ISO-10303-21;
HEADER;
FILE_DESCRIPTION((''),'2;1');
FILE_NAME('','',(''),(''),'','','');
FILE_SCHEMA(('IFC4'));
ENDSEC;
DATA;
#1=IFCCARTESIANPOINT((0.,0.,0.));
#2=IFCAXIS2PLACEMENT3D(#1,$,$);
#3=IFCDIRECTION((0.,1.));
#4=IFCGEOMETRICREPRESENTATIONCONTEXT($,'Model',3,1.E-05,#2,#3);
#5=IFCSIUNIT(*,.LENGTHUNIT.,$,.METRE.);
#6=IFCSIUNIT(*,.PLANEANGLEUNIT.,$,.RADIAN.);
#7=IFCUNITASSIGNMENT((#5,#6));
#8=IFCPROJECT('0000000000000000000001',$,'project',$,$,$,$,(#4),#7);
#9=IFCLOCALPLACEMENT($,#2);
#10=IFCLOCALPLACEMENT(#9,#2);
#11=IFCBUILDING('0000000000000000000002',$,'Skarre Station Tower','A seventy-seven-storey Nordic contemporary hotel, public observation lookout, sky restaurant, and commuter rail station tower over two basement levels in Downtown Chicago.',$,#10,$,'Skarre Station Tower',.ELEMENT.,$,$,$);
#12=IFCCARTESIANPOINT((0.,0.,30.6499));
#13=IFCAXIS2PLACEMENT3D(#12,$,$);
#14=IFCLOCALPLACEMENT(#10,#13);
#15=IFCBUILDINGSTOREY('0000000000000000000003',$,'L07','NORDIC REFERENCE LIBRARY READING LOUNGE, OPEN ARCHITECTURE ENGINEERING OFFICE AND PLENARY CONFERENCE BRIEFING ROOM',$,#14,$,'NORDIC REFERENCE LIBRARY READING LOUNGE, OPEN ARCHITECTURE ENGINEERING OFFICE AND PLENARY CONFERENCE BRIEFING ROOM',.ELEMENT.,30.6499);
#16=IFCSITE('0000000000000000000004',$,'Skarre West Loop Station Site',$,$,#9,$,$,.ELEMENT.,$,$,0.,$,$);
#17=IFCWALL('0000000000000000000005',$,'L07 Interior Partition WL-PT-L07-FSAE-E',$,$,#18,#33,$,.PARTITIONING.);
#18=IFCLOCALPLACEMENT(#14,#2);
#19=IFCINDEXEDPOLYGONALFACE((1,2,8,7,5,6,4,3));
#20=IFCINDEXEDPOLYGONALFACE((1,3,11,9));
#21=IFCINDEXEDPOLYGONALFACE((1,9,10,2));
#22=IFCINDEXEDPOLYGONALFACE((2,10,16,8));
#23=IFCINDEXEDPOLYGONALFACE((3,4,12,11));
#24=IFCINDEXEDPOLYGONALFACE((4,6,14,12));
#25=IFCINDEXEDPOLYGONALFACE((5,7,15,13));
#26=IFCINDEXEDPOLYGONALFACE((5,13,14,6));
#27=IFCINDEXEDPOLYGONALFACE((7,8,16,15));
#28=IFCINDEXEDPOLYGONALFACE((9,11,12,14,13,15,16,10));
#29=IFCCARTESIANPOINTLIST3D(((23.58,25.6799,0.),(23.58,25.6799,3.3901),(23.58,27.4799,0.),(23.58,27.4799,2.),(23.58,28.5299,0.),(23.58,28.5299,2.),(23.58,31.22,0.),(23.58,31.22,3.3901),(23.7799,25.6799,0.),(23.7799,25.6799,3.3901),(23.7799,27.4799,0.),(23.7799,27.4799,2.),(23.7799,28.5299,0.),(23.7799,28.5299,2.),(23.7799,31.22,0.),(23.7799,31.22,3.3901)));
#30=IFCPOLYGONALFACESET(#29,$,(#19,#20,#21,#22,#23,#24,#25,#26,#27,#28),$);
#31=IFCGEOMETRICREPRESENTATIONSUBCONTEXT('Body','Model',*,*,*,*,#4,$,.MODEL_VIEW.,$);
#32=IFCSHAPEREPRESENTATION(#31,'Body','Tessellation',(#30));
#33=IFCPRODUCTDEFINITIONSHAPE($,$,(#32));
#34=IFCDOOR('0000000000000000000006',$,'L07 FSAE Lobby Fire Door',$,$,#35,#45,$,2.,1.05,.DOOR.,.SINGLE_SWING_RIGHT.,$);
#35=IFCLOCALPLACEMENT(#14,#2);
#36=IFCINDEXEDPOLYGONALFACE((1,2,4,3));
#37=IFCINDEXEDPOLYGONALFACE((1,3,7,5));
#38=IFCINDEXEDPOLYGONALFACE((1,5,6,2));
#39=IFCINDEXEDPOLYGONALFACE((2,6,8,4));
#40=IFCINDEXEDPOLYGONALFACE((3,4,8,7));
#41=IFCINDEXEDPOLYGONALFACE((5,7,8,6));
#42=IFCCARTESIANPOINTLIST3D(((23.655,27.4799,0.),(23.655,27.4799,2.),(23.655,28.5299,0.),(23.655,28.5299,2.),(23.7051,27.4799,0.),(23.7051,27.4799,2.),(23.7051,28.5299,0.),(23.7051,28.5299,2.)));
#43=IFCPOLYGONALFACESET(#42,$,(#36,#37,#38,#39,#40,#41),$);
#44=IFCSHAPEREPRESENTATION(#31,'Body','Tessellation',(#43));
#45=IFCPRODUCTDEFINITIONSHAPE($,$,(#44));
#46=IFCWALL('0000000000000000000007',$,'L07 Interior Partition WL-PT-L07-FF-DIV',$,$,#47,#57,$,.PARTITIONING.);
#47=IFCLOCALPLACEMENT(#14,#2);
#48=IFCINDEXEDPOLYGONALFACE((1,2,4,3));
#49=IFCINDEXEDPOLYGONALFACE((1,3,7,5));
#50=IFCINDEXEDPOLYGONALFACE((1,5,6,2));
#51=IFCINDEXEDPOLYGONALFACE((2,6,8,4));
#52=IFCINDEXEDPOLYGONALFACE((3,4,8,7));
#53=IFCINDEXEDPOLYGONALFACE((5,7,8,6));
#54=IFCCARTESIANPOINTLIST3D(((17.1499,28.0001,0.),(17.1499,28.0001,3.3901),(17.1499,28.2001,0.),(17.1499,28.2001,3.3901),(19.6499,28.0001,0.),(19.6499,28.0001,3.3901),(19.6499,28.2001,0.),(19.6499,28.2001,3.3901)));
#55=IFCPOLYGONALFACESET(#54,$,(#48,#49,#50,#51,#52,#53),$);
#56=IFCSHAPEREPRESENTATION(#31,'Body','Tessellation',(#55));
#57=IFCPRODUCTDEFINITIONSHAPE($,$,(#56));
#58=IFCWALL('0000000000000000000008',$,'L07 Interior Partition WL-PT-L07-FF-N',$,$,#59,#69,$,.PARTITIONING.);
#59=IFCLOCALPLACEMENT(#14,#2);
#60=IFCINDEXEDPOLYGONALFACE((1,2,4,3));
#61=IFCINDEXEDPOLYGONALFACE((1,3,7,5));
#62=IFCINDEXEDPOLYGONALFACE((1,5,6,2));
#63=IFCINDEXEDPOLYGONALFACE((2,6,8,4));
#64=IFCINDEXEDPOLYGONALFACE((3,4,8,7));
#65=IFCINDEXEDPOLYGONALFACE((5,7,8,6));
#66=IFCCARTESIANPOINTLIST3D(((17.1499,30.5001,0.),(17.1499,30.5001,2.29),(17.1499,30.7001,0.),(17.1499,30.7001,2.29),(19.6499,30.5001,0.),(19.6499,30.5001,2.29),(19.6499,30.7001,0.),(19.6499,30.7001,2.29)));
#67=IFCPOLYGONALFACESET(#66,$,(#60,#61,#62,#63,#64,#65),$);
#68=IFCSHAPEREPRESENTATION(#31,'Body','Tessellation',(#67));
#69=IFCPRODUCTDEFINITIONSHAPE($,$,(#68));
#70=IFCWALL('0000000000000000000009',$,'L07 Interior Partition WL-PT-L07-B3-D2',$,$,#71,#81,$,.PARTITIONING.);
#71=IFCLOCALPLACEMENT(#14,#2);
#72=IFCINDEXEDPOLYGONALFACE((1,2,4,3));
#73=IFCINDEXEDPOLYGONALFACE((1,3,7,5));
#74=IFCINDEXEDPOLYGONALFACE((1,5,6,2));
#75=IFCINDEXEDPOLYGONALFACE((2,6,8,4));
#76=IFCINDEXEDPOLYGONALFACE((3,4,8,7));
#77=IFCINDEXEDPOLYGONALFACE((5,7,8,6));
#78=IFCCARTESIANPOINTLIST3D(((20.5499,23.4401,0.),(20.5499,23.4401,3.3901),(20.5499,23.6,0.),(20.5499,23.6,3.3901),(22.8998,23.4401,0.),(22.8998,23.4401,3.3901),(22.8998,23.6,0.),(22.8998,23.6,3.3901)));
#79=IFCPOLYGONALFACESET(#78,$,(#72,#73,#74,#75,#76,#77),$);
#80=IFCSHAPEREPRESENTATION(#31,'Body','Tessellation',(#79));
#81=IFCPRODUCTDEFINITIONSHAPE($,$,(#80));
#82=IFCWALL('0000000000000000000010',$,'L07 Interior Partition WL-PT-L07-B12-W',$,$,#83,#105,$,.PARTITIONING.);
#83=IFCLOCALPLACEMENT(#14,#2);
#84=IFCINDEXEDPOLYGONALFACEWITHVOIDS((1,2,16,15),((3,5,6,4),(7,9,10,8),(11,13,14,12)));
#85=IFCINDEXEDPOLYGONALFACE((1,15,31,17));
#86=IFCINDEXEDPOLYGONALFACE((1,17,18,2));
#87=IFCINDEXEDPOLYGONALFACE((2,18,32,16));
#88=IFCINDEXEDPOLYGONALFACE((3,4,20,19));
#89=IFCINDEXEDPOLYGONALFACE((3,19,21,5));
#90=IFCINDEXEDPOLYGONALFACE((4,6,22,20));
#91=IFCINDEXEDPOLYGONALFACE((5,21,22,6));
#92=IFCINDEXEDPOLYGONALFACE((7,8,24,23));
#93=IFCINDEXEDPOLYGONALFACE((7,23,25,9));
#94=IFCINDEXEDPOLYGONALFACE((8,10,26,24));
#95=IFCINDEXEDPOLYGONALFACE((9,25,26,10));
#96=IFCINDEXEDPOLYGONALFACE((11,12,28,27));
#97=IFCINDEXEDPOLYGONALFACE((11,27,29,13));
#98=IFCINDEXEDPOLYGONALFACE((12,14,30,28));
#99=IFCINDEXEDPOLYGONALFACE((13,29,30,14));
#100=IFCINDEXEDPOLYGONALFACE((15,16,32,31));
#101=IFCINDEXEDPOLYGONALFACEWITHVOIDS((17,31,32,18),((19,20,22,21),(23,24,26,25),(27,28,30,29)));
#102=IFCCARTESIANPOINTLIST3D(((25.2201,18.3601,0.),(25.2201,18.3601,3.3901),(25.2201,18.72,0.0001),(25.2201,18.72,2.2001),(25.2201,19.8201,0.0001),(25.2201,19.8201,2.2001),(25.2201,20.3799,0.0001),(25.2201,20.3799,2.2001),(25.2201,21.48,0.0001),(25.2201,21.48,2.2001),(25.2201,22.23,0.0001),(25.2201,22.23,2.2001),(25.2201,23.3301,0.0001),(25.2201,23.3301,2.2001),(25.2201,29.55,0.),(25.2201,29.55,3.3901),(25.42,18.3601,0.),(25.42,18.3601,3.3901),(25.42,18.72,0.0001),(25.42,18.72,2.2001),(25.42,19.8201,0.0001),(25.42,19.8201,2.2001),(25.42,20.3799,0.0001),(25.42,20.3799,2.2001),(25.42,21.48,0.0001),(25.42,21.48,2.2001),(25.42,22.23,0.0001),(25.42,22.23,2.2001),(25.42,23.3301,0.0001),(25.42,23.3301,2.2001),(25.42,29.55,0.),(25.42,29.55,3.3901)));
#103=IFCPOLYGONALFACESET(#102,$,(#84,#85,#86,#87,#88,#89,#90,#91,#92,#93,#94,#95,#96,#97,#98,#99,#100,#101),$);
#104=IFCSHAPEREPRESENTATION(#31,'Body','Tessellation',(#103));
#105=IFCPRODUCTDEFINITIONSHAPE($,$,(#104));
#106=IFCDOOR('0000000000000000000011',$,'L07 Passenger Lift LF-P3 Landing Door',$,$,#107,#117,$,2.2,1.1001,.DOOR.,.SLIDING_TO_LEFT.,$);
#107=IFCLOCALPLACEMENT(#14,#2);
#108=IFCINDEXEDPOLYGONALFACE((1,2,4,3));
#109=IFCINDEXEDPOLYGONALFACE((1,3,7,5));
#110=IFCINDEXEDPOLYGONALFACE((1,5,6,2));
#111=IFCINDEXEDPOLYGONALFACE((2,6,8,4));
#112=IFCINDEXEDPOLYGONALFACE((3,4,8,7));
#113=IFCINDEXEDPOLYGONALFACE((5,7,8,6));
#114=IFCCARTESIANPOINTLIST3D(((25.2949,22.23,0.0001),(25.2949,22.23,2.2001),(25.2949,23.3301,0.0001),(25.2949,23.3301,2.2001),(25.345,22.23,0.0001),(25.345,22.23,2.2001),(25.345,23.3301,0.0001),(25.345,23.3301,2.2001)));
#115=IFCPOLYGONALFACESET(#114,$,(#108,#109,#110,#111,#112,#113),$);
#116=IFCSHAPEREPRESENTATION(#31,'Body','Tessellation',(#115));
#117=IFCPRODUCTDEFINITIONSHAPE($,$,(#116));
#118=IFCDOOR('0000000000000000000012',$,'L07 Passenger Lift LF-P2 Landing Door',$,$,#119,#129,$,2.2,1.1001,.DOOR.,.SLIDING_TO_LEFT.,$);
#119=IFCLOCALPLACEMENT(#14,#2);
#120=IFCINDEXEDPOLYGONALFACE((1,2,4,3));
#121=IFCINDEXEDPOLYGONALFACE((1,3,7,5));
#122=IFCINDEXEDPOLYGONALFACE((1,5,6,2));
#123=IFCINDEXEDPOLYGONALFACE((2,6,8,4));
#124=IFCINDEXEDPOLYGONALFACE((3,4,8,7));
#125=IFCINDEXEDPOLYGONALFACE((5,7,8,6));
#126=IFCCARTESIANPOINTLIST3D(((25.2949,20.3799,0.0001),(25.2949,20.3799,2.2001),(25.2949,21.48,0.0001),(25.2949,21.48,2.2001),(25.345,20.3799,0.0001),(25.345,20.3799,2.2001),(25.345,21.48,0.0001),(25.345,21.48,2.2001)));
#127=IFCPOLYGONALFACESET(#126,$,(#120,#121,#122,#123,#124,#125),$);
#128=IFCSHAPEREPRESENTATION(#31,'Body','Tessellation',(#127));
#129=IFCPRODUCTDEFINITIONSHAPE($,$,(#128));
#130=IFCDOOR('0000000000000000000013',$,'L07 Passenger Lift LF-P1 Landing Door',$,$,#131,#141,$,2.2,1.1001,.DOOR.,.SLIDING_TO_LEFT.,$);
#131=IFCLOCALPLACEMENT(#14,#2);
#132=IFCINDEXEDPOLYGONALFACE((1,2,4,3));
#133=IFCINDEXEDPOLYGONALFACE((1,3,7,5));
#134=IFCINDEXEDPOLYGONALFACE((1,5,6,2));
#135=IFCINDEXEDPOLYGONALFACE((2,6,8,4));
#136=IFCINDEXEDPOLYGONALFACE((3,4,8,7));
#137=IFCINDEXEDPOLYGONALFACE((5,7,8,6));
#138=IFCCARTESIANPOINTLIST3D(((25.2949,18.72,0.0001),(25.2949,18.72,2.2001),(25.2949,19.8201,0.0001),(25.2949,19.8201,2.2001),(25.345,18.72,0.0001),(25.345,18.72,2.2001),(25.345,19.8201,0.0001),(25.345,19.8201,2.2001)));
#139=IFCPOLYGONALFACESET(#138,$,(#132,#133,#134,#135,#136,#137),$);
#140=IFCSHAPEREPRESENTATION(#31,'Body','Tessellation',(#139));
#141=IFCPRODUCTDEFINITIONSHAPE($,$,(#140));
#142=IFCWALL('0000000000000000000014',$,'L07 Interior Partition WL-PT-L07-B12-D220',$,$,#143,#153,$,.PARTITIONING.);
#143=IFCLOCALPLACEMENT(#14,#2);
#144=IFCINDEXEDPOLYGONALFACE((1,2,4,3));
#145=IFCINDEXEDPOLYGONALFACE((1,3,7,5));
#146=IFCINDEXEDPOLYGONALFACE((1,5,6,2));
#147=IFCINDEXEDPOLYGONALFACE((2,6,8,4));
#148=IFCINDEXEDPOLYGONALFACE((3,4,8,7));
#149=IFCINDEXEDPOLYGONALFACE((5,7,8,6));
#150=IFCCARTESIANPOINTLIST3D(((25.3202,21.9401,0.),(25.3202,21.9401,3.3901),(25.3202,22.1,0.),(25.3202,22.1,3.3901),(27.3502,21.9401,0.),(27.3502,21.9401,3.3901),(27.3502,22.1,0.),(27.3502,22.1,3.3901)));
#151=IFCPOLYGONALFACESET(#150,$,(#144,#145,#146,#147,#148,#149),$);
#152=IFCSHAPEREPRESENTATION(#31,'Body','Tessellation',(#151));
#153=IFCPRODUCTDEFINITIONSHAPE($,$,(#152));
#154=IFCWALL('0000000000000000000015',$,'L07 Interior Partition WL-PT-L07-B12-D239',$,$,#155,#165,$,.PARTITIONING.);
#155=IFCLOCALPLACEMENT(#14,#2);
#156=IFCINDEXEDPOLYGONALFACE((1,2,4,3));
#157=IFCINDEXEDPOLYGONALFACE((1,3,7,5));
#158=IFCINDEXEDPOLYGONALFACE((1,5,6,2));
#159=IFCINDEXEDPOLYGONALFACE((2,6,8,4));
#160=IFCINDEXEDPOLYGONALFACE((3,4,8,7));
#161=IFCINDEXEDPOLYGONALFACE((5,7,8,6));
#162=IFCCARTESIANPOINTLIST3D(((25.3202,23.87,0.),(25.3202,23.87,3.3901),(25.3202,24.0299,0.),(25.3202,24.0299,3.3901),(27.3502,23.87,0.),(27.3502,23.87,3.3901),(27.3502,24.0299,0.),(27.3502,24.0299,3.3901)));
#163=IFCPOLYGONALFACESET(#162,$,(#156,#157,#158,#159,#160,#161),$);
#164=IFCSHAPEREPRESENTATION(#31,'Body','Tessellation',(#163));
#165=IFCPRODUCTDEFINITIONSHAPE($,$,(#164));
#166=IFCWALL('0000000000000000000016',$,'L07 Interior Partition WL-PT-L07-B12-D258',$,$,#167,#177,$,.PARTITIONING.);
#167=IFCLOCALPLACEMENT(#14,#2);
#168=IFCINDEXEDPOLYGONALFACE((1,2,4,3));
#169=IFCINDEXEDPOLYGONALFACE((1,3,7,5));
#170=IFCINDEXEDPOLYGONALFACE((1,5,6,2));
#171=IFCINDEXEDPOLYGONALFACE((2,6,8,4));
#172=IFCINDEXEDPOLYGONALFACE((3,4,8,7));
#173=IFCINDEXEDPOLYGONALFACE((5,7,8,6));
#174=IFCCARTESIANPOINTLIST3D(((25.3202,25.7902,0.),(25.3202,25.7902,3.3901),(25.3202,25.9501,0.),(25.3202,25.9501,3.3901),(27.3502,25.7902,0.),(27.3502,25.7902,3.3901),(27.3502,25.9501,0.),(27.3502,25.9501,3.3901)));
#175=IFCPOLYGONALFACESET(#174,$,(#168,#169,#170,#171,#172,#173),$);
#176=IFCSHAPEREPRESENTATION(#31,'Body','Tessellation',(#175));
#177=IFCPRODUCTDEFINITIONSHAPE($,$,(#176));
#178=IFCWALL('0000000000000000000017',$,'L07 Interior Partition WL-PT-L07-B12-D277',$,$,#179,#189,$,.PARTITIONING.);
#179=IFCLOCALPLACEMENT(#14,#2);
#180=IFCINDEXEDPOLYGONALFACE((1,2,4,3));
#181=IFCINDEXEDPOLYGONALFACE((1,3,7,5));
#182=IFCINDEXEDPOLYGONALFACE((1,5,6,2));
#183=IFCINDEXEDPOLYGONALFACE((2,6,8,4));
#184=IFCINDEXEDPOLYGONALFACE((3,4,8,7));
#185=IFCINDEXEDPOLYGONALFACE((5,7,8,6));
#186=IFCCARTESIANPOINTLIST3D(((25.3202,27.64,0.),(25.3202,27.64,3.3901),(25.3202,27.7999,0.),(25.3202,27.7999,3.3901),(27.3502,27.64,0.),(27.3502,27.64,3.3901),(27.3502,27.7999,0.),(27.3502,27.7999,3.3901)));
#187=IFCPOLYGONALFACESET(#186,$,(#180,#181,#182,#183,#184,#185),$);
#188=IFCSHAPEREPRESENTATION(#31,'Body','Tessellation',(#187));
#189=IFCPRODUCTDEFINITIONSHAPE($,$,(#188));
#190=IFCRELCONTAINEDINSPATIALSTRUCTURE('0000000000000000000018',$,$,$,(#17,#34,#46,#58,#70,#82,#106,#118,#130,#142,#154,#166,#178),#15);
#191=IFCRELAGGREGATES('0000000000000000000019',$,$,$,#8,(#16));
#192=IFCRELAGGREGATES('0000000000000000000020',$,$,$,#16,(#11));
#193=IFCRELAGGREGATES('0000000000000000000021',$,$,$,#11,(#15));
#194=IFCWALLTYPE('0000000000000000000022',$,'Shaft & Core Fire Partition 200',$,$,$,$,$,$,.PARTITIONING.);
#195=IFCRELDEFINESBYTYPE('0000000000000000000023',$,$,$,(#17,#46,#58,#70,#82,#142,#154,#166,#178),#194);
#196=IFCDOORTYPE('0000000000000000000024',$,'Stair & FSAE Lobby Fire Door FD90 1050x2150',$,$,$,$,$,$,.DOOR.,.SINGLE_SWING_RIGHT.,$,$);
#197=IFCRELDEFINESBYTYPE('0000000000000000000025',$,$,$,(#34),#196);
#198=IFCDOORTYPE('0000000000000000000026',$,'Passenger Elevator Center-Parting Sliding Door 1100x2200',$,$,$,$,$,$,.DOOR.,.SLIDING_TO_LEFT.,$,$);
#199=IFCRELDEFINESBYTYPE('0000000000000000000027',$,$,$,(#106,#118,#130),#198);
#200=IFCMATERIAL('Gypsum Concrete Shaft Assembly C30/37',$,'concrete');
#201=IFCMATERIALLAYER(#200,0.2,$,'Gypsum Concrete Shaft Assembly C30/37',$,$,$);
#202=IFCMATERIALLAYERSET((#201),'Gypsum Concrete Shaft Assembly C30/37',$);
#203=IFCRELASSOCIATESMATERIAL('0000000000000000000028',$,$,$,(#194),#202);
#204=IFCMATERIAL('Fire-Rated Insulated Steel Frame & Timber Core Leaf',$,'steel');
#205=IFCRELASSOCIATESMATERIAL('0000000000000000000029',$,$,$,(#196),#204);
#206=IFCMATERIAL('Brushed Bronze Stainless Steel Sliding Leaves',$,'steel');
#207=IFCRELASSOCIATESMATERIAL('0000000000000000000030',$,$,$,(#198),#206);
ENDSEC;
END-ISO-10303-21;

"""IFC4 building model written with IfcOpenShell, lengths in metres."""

from ifc_helpers import new_model, si_unit, direction, frame, frame_2d, origin, place, context, subcontext, project, spatial, rectangle, extrude, material, layer, layer_set, type_object, element, fill, save


model = new_model("IFC4")

# Units and contexts
model_context = context("Model", 3, precision=1e-05, world=origin(), true_north=direction((0.0, 1.0)))
body_context = subcontext(model_context, "Body", "Model", "MODEL_VIEW")
ifc_project = project(units=[si_unit("LENGTHUNIT", "METRE"), si_unit("PLANEANGLEUNIT", "RADIAN")], contexts=[model_context])

# Site, building, storey
site_placement = place(None, origin())
site = spatial("IfcSite", under=ifc_project, at=site_placement, Name="Skarre West Loop Station Site", CompositionType="ELEMENT", RefElevation=0.0)
building_placement = place(site_placement, origin())
building = spatial("IfcBuilding", under=site, at=building_placement, Name="Skarre Station Tower", Description="A seventy-seven-storey Nordic contemporary hotel, public observation lookout, sky restaurant, and commuter rail station tower over two basement levels in Downtown Chicago.", LongName="Skarre Station Tower", CompositionType="ELEMENT")
storey_placement = place(building_placement, frame((0.0, 0.0, 30.6499)))
storey = spatial("IfcBuildingStorey", under=building, at=storey_placement, Name="L07", Description="NORDIC REFERENCE LIBRARY READING LOUNGE, OPEN ARCHITECTURE ENGINEERING OFFICE AND PLENARY CONFERENCE BRIEFING ROOM", LongName="NORDIC REFERENCE LIBRARY READING LOUNGE, OPEN ARCHITECTURE ENGINEERING OFFICE AND PLENARY CONFERENCE BRIEFING ROOM", CompositionType="ELEMENT", Elevation=30.6499)

# Shared definitions
ifc_material_1 = material(Name="Gypsum Concrete Shaft Assembly C30/37", Category="concrete")
ifc_layer_1 = layer(ifc_material_1, 0.2, Name="Gypsum Concrete Shaft Assembly C30/37")
ifc_layer_set_1 = layer_set([ifc_layer_1], Name="Gypsum Concrete Shaft Assembly C30/37")
wall_type_1 = type_object("IfcWallType", Name="Shaft & Core Fire Partition 200", PredefinedType="PARTITIONING", material=ifc_layer_set_1)

# Wall, opening, door
wall_1_placement = place(storey_placement, frame((23.6799, 25.6799, 0.0), z_axis=(0.0, 0.0, 1.0), x_axis=(0.0, 1.0, 0.0)))
wall_1 = element("IfcWall", 1, at=wall_1_placement, inside=storey, type_object=wall_type_1, Name="L07 Interior Partition WL-PT-L07-FSAE-E", PredefinedType="PARTITIONING", context=body_context, shape_type="SweptSolid", body=[
    extrude(rectangle(XDim=5.54, YDim=0.2, at=frame_2d((2.77, 0.0))), origin(), (0.0, 0.0, 1.0), 3.3901),
])
opening_1_placement = place(wall_1_placement, frame((1.8, 0.0, 0.0)))
opening_1 = element("IfcOpeningElement", 2, at=opening_1_placement, cuts=wall_1, PredefinedType="OPENING", context=body_context, shape_type="SweptSolid", body=[
    extrude(rectangle(XDim=1.05, YDim=2.0, at=frame_2d((0.5249, 1.0))), frame((0.0, 0.1099, 0.0), z_axis=(0.0, -1.0, 0.0), x_axis=(1.0, 0.0, 0.0)), (0.0, 0.0, 1.0), 0.22),
])
ifc_material_2 = material(Name="Fire-Rated Insulated Steel Frame & Timber Core Leaf", Category="steel")
door_type_1 = type_object("IfcDoorType", Name="Stair & FSAE Lobby Fire Door FD90 1050x2150", OperationType="SINGLE_SWING_RIGHT", PredefinedType="DOOR", material=ifc_material_2)
door_1_placement = place(opening_1_placement, origin())
door_1 = element("IfcDoor", 3, at=door_1_placement, inside=storey, type_object=door_type_1, Name="L07 FSAE Lobby Fire Door", OperationType="SINGLE_SWING_RIGHT", OverallHeight=2.0, OverallWidth=1.05, PredefinedType="DOOR", context=body_context, shape_type="SweptSolid", body=[
    extrude(rectangle(XDim=1.05, YDim=2.0, at=frame_2d((0.5249, 1.0))), frame((0.0, 0.0249, 0.0), z_axis=(0.0, -1.0, 0.0), x_axis=(1.0, 0.0, 0.0)), (0.0, 0.0, 1.0), 0.05),
])
fill(opening_1, door_1)

# Walls
wall_2_placement = place(storey_placement, frame((17.1499, 28.1001, 0.0), z_axis=(0.0, 0.0, 1.0), x_axis=(1.0, 0.0, 0.0)))
element("IfcWall", 4, at=wall_2_placement, inside=storey, type_object=wall_type_1, Name="L07 Interior Partition WL-PT-L07-FF-DIV", PredefinedType="PARTITIONING", context=body_context, shape_type="SweptSolid", body=[
    extrude(rectangle(XDim=2.5, YDim=0.2, at=frame_2d((1.25, 0.0))), origin(), (0.0, 0.0, 1.0), 3.3901),
])
wall_3_placement = place(storey_placement, frame((19.6499, 30.6001, 0.0), z_axis=(0.0, 0.0, 1.0), x_axis=(-1.0, 0.0, 0.0)))
element("IfcWall", 5, at=wall_3_placement, inside=storey, type_object=wall_type_1, Name="L07 Interior Partition WL-PT-L07-FF-N", PredefinedType="PARTITIONING", context=body_context, shape_type="SweptSolid", body=[
    extrude(rectangle(XDim=2.5, YDim=0.2, at=frame_2d((1.25, 0.0))), origin(), (0.0, 0.0, 1.0), 2.29),
])
wall_4_placement = place(storey_placement, frame((20.55, 23.52, 0.0), z_axis=(0.0, 0.0, 1.0), x_axis=(1.0, 0.0, 0.0)))
element("IfcWall", 6, at=wall_4_placement, inside=storey, type_object=wall_type_1, Name="L07 Interior Partition WL-PT-L07-B3-D2", PredefinedType="PARTITIONING", context=body_context, shape_type="SweptSolid", body=[
    extrude(rectangle(XDim=2.3499, YDim=0.1599, at=frame_2d((1.1748, 0.0))), origin(), (0.0, 0.0, 1.0), 3.3901),
])

# Wall, openings, doors
wall_5_placement = place(storey_placement, frame((25.3201, 29.55, 0.0), z_axis=(0.0, 0.0, 1.0), x_axis=(0.0, -1.0, 0.0)))
wall_5 = element("IfcWall", 7, at=wall_5_placement, inside=storey, type_object=wall_type_1, Name="L07 Interior Partition WL-PT-L07-B12-W", PredefinedType="PARTITIONING", context=body_context, shape_type="SweptSolid", body=[
    extrude(rectangle(XDim=11.1899, YDim=0.2, at=frame_2d((5.595, 0.0))), origin(), (0.0, 0.0, 1.0), 3.3901),
])
opening_2_placement = place(wall_5_placement, frame((6.22, 0.0, 0.0)))
opening_2 = element("IfcOpeningElement", 8, at=opening_2_placement, cuts=wall_5, PredefinedType="OPENING", context=body_context, shape_type="SweptSolid", body=[
    extrude(rectangle(XDim=1.1001, YDim=2.2, at=frame_2d((0.55, 1.1001))), frame((0.0, 0.1099, 0.0), z_axis=(0.0, -1.0, 0.0), x_axis=(1.0, 0.0, 0.0)), (0.0, 0.0, 1.0), 0.22),
])
opening_3_placement = place(wall_5_placement, frame((8.0701, 0.0, 0.0)))
opening_3 = element("IfcOpeningElement", 9, at=opening_3_placement, cuts=wall_5, PredefinedType="OPENING", context=body_context, shape_type="SweptSolid", body=[
    extrude(rectangle(XDim=1.1001, YDim=2.2, at=frame_2d((0.55, 1.1001))), frame((0.0, 0.1099, 0.0), z_axis=(0.0, -1.0, 0.0), x_axis=(1.0, 0.0, 0.0)), (0.0, 0.0, 1.0), 0.22),
])
opening_4_placement = place(wall_5_placement, frame((9.73, 0.0, 0.0)))
opening_4 = element("IfcOpeningElement", 10, at=opening_4_placement, cuts=wall_5, PredefinedType="OPENING", context=body_context, shape_type="SweptSolid", body=[
    extrude(rectangle(XDim=1.1001, YDim=2.2, at=frame_2d((0.55, 1.1001))), frame((0.0, 0.1099, 0.0), z_axis=(0.0, -1.0, 0.0), x_axis=(1.0, 0.0, 0.0)), (0.0, 0.0, 1.0), 0.22),
])
ifc_material_3 = material(Name="Brushed Bronze Stainless Steel Sliding Leaves", Category="steel")
door_type_2 = type_object("IfcDoorType", Name="Passenger Elevator Center-Parting Sliding Door 1100x2200", OperationType="SLIDING_TO_LEFT", PredefinedType="DOOR", material=ifc_material_3)
door_2_placement = place(opening_2_placement, origin())
door_2 = element("IfcDoor", 11, at=door_2_placement, inside=storey, type_object=door_type_2, Name="L07 Passenger Lift LF-P3 Landing Door", OperationType="SLIDING_TO_LEFT", OverallHeight=2.2, OverallWidth=1.1001, PredefinedType="DOOR", context=body_context, shape_type="SweptSolid", body=[
    extrude(rectangle(XDim=1.1001, YDim=2.2, at=frame_2d((0.55, 1.1001))), frame((0.0, 0.0249, 0.0), z_axis=(0.0, -1.0, 0.0), x_axis=(1.0, 0.0, 0.0)), (0.0, 0.0, 1.0), 0.05),
])
fill(opening_2, door_2)
door_3_placement = place(opening_3_placement, origin())
door_3 = element("IfcDoor", 12, at=door_3_placement, inside=storey, type_object=door_type_2, Name="L07 Passenger Lift LF-P2 Landing Door", OperationType="SLIDING_TO_LEFT", OverallHeight=2.2, OverallWidth=1.1001, PredefinedType="DOOR", context=body_context, shape_type="SweptSolid", body=[
    extrude(rectangle(XDim=1.1001, YDim=2.2, at=frame_2d((0.55, 1.1001))), frame((0.0, 0.0249, 0.0), z_axis=(0.0, -1.0, 0.0), x_axis=(1.0, 0.0, 0.0)), (0.0, 0.0, 1.0), 0.05),
])
fill(opening_3, door_3)
door_4_placement = place(opening_4_placement, origin())
door_4 = element("IfcDoor", 13, at=door_4_placement, inside=storey, type_object=door_type_2, Name="L07 Passenger Lift LF-P1 Landing Door", OperationType="SLIDING_TO_LEFT", OverallHeight=2.2, OverallWidth=1.1001, PredefinedType="DOOR", context=body_context, shape_type="SweptSolid", body=[
    extrude(rectangle(XDim=1.1001, YDim=2.2, at=frame_2d((0.55, 1.1001))), frame((0.0, 0.0249, 0.0), z_axis=(0.0, -1.0, 0.0), x_axis=(1.0, 0.0, 0.0)), (0.0, 0.0, 1.0), 0.05),
])
fill(opening_4, door_4)

# Walls
for number, where, z_axis, x_axis, name in (
    (14, (25.3201, 22.02, 0.0), (0.0, 0.0, 1.0), (1.0, 0.0, 0.0), "L07 Interior Partition WL-PT-L07-B12-D220"),
    (15, (25.3201, 23.95, 0.0), (0.0, 0.0, 1.0), (1.0, 0.0, 0.0), "L07 Interior Partition WL-PT-L07-B12-D239"),
    (16, (25.3201, 25.8701, 0.0), (0.0, 0.0, 1.0), (1.0, 0.0, 0.0), "L07 Interior Partition WL-PT-L07-B12-D258"),
    (17, (25.3201, 27.72, 0.0), (0.0, 0.0, 1.0), (1.0, 0.0, 0.0), "L07 Interior Partition WL-PT-L07-B12-D277"),
):
    element("IfcWall", number, at=place(storey_placement, frame(where, z_axis=z_axis, x_axis=x_axis)), inside=storey, type_object=wall_type_1, Name=name, PredefinedType="PARTITIONING", context=body_context, shape_type="SweptSolid", body=[
        extrude(rectangle(XDim=2.03, YDim=0.1599, at=frame_2d((1.0151, 0.0))), origin(), (0.0, 0.0, 1.0), 3.3901),
    ])

save(model, "model.ifc")
